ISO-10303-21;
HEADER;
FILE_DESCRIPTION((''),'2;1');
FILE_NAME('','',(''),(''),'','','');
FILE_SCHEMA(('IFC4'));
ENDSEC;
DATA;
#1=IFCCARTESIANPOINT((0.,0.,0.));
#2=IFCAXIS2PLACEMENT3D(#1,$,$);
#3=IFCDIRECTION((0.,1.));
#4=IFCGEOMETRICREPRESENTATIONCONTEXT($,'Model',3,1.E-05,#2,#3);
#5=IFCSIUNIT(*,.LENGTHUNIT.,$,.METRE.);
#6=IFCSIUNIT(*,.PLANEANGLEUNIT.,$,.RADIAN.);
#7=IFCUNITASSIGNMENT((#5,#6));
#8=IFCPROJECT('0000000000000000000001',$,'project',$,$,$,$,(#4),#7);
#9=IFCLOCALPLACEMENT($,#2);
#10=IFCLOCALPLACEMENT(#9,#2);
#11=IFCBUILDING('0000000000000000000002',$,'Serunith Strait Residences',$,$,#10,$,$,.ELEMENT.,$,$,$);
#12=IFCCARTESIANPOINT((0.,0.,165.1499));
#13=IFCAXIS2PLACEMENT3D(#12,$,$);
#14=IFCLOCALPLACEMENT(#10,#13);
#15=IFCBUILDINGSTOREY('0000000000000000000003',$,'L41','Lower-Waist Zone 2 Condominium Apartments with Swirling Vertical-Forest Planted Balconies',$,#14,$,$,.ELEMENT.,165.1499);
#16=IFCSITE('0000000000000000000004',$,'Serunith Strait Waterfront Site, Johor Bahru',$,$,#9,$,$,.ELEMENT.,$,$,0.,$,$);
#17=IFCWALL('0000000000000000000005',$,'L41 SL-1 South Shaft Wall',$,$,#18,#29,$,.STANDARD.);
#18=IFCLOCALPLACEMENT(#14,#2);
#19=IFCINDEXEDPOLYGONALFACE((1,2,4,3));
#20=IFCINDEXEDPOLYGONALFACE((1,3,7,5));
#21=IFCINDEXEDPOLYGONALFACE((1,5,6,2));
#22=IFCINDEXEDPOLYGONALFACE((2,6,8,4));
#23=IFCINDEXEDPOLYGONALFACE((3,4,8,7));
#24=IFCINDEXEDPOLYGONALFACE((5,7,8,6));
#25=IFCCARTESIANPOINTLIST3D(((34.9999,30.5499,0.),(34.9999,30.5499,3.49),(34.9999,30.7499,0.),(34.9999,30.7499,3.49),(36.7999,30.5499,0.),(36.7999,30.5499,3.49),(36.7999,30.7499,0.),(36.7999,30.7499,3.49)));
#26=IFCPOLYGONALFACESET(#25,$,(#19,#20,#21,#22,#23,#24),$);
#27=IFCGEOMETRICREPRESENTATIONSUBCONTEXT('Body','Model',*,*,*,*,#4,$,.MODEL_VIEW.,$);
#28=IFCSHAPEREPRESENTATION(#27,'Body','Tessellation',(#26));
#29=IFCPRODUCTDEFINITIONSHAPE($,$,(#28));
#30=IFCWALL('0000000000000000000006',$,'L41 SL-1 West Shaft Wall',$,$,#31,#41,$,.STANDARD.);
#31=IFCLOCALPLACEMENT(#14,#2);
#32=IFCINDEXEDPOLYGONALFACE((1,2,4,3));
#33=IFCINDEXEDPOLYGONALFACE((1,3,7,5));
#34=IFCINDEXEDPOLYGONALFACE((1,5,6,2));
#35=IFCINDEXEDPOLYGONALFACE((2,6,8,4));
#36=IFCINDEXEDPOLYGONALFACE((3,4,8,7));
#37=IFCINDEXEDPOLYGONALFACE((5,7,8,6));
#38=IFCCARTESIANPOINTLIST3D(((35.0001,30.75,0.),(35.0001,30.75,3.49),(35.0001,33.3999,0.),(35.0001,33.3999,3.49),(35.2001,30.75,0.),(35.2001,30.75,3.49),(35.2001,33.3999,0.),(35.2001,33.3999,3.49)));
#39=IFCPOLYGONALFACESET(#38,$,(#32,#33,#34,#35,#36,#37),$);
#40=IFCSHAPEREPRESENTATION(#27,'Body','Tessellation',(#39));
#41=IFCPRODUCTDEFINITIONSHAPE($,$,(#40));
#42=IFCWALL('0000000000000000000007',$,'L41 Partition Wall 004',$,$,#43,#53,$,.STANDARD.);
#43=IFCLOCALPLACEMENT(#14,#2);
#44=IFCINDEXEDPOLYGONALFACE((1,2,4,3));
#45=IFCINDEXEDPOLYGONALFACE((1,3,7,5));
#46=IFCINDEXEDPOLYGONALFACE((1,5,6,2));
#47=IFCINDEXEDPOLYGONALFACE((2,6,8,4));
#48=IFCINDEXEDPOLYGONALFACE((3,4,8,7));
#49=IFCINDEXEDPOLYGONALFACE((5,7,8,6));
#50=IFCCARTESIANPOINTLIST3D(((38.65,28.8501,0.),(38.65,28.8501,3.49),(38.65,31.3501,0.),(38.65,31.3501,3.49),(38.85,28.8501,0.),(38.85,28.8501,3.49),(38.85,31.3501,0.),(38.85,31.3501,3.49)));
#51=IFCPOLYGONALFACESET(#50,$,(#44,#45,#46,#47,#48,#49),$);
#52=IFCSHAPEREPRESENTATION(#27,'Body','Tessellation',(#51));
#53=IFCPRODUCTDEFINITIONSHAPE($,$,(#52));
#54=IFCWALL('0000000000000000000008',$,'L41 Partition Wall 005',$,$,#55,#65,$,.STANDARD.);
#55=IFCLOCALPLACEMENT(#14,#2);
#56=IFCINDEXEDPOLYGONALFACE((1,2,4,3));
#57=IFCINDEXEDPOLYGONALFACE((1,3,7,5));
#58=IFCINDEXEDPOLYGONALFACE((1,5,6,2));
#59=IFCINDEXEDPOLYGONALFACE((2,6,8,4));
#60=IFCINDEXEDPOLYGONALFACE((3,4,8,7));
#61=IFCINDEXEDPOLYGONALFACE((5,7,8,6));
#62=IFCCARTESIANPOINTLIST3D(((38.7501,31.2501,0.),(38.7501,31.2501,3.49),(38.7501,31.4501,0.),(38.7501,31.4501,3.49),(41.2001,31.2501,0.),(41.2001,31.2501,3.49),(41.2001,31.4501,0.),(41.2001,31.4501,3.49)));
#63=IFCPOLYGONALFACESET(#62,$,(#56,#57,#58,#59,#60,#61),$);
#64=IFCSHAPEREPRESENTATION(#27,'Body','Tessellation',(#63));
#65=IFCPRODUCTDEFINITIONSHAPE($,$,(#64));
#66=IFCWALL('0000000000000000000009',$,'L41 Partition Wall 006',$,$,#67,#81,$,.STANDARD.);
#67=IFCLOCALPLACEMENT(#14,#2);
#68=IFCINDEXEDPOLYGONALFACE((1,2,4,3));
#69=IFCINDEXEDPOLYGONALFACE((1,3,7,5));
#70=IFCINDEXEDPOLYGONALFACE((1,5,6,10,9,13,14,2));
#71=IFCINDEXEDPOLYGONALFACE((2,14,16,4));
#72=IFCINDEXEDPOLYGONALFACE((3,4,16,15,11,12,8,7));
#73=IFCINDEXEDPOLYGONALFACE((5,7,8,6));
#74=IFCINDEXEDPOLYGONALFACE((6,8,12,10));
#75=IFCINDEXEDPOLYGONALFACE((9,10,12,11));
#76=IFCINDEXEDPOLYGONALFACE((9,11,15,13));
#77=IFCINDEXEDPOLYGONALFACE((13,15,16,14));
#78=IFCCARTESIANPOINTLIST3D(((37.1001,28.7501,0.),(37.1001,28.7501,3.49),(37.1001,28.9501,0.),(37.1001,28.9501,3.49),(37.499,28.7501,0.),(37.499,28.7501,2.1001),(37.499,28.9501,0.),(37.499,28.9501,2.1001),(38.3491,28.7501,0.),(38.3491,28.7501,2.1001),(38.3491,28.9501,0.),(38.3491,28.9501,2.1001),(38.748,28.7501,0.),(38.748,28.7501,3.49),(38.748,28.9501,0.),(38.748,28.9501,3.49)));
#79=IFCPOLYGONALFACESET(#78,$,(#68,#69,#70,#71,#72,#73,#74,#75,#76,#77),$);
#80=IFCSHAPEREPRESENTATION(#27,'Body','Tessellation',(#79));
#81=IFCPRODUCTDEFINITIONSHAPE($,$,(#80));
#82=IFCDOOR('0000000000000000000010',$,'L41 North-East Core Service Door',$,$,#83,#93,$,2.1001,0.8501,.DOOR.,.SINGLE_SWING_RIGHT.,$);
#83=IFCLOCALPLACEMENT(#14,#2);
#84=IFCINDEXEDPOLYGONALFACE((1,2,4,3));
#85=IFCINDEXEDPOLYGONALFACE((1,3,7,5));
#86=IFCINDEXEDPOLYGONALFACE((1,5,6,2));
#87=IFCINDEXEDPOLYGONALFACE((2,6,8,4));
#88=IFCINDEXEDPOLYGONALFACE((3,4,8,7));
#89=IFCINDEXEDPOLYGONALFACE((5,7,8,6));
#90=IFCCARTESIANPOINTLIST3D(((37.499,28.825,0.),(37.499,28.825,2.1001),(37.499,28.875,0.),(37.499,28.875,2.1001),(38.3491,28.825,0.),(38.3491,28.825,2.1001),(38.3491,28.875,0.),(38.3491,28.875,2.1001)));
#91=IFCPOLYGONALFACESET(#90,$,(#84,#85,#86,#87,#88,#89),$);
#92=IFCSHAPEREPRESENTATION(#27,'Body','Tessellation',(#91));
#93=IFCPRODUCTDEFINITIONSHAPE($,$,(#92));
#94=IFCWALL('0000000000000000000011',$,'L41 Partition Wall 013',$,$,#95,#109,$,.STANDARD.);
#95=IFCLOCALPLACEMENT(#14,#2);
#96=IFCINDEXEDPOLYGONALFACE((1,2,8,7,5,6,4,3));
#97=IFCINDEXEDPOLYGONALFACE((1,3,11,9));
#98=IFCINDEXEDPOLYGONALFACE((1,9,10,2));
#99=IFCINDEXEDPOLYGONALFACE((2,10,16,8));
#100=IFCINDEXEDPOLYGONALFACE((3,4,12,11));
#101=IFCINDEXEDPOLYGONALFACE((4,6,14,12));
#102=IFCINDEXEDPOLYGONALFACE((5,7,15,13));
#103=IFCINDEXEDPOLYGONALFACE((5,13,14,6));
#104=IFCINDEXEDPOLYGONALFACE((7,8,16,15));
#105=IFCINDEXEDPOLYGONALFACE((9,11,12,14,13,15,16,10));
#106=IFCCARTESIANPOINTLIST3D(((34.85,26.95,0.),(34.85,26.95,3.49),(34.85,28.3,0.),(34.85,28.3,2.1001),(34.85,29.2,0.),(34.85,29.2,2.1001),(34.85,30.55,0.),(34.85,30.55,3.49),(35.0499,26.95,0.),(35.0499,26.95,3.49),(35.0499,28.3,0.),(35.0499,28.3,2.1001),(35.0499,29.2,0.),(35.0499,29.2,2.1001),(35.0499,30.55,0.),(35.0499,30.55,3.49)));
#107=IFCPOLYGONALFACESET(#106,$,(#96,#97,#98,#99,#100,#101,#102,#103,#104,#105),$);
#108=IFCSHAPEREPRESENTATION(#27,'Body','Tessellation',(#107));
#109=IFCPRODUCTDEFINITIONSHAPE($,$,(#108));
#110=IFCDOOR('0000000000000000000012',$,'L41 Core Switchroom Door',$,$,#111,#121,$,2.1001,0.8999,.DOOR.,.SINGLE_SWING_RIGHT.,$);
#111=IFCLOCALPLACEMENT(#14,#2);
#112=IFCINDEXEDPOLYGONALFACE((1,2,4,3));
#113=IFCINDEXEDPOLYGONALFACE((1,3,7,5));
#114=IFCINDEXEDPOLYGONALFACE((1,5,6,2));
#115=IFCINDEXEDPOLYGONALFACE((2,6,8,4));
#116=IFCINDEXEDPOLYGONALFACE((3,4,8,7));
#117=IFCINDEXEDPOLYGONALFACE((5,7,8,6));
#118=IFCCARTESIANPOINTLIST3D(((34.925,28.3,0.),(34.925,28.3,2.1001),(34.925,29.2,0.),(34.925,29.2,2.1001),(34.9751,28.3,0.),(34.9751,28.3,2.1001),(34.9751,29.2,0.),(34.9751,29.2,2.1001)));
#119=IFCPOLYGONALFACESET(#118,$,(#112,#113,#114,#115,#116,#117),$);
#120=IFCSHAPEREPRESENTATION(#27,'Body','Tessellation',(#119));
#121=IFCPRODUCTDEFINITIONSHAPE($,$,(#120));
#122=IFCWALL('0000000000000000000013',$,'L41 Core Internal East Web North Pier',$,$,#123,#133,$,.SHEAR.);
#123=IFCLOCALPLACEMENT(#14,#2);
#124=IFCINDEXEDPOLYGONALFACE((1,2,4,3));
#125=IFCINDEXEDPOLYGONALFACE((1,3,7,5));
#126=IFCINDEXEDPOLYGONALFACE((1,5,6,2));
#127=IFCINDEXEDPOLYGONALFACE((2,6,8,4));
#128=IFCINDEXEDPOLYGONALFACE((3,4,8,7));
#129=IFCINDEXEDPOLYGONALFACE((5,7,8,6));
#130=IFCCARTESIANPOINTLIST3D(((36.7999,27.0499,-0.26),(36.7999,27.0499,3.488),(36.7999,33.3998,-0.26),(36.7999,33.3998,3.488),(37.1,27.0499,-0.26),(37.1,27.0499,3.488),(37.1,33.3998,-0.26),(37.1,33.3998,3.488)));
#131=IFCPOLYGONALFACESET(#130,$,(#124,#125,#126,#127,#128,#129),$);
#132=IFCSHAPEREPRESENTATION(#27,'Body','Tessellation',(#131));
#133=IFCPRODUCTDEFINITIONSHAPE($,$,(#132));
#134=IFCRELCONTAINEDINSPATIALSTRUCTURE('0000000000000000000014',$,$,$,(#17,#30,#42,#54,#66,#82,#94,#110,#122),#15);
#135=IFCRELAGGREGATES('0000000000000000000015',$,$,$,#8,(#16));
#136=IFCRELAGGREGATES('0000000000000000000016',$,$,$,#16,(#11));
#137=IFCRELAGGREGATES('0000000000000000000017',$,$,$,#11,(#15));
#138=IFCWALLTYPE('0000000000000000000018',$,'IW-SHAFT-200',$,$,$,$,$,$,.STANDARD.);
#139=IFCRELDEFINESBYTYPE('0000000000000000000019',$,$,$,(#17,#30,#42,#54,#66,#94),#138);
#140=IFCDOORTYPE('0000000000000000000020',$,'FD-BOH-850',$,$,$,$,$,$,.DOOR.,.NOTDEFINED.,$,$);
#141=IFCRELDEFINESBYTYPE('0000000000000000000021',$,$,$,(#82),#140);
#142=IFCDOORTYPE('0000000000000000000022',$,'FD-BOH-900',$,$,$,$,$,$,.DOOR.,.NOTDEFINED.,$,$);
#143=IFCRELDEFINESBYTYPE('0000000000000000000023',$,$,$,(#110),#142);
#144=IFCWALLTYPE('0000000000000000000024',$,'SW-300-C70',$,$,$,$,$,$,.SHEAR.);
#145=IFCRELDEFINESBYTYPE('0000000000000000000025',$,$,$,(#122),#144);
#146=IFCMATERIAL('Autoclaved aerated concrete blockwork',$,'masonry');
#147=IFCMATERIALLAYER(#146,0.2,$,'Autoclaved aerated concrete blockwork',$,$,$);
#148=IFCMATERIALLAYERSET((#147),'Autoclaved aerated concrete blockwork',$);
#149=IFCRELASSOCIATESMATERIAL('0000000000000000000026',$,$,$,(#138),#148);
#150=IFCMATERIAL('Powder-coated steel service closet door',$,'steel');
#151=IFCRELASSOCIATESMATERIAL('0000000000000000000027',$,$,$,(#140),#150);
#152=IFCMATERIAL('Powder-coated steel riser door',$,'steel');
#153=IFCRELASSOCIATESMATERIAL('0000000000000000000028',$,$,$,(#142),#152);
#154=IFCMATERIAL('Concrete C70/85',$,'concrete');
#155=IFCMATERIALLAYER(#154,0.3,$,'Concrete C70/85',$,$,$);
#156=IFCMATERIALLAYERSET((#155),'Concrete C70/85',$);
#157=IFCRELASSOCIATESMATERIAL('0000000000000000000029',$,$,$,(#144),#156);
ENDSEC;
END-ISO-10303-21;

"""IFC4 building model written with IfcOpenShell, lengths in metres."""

from ifc_helpers import new_model, si_unit, direction, frame, frame_2d, origin, place, context, subcontext, project, spatial, rectangle, extrude, source, transform, mapped, material, layer, layer_set, type_object, element, fill, save


model = new_model("IFC4")

# Units and contexts
model_context = context("Model", 3, precision=1e-05, world=origin(), true_north=direction((0.0, 1.0)))
body_context = subcontext(model_context, "Body", "Model", "MODEL_VIEW")
ifc_project = project(units=[si_unit("LENGTHUNIT", "METRE"), si_unit("PLANEANGLEUNIT", "RADIAN")], contexts=[model_context])

# Site, building, storey
site_placement = place(None, origin())
site = spatial("IfcSite", under=ifc_project, at=site_placement, Name="Serunith Strait Waterfront Site, Johor Bahru", CompositionType="ELEMENT", RefElevation=0.0)
building_placement = place(site_placement, origin())
building = spatial("IfcBuilding", under=site, at=building_placement, Name="Serunith Strait Residences", CompositionType="ELEMENT")
storey_placement = place(building_placement, frame((0.0, 0.0, 165.1499)))
storey = spatial("IfcBuildingStorey", under=building, at=storey_placement, Name="L41", Description="Lower-Waist Zone 2 Condominium Apartments with Swirling Vertical-Forest Planted Balconies", CompositionType="ELEMENT", Elevation=165.1499)

# Shared definitions
shared_shape_1 = source(origin(), body_context, "Body", "SweptSolid", [
    extrude(rectangle(XDim=0.8501, YDim=2.1001, at=frame_2d((0.425, 1.05))), frame((0.0, 0.0249, 0.0), z_axis=(0.0, -1.0, 0.0), x_axis=(1.0, 0.0, 0.0)), (0.0, 0.0, 1.0), 0.05),
])
ifc_material_1 = material(Name="Autoclaved aerated concrete blockwork", Category="masonry")
ifc_layer_1 = layer(ifc_material_1, 0.2, Name="Autoclaved aerated concrete blockwork")
ifc_layer_set_1 = layer_set([ifc_layer_1], Name="Autoclaved aerated concrete blockwork")
wall_type_1 = type_object("IfcWallType", Name="IW-SHAFT-200", PredefinedType="STANDARD", material=ifc_layer_set_1)

# Walls
wall_1_placement = place(storey_placement, frame((35.0, 30.6499, 0.0), z_axis=(0.0, 0.0, 1.0), x_axis=(1.0, 0.0, 0.0)))
element("IfcWall", 1, at=wall_1_placement, inside=storey, type_object=wall_type_1, Name="L41 SL-1 South Shaft Wall", PredefinedType="STANDARD", context=body_context, shape_type="SweptSolid", body=[
    extrude(rectangle(XDim=1.8, YDim=0.2, at=frame_2d((0.8999, 0.0))), origin(), (0.0, 0.0, 1.0), 3.49),
])
wall_2_placement = place(storey_placement, frame((35.1001, 30.75, 0.0), z_axis=(0.0, 0.0, 1.0), x_axis=(0.0, 1.0, 0.0)))
element("IfcWall", 2, at=wall_2_placement, inside=storey, type_object=wall_type_1, Name="L41 SL-1 West Shaft Wall", PredefinedType="STANDARD", context=body_context, shape_type="SweptSolid", body=[
    extrude(rectangle(XDim=2.6499, YDim=0.2, at=frame_2d((1.325, 0.0))), origin(), (0.0, 0.0, 1.0), 3.49),
])
wall_3_placement = place(storey_placement, frame((38.75, 28.8501, 0.0), z_axis=(0.0, 0.0, 1.0), x_axis=(0.0, 1.0, 0.0)))
element("IfcWall", 3, at=wall_3_placement, inside=storey, type_object=wall_type_1, Name="L41 Partition Wall 004", PredefinedType="STANDARD", context=body_context, shape_type="SweptSolid", body=[
    extrude(rectangle(XDim=2.5, YDim=0.2, at=frame_2d((1.25, 0.0))), origin(), (0.0, 0.0, 1.0), 3.49),
])
wall_4_placement = place(storey_placement, frame((38.75, 31.3501, 0.0), z_axis=(0.0, 0.0, 1.0), x_axis=(1.0, 0.0, 0.0)))
element("IfcWall", 4, at=wall_4_placement, inside=storey, type_object=wall_type_1, Name="L41 Partition Wall 005", PredefinedType="STANDARD", context=body_context, shape_type="SweptSolid", body=[
    extrude(rectangle(XDim=2.45, YDim=0.2, at=frame_2d((1.2251, 0.0))), origin(), (0.0, 0.0, 1.0), 3.49),
])

# Walls, openings, doors
wall_5_placement = place(storey_placement, frame((37.1001, 28.8501, 0.0), z_axis=(0.0, 0.0, 1.0), x_axis=(1.0, 0.0, 0.0)))
wall_5 = element("IfcWall", 5, at=wall_5_placement, inside=storey, type_object=wall_type_1, Name="L41 Partition Wall 006", PredefinedType="STANDARD", context=body_context, shape_type="SweptSolid", body=[
    extrude(rectangle(XDim=1.6479, YDim=0.2, at=frame_2d((0.824, 0.0))), origin(), (0.0, 0.0, 1.0), 3.49),
])
opening_1_placement = place(wall_5_placement, frame((0.3989, 0.0, 0.0)))
opening_1 = element("IfcOpeningElement", 6, at=opening_1_placement, cuts=wall_5, PredefinedType="OPENING", context=body_context, shape_type="SweptSolid", body=[
    extrude(rectangle(XDim=0.8501, YDim=2.1001, at=frame_2d((0.425, 1.05))), frame((0.0, 0.1099, 0.0), z_axis=(0.0, -1.0, 0.0), x_axis=(1.0, 0.0, 0.0)), (0.0, 0.0, 1.0), 0.22),
])
ifc_material_2 = material(Name="Powder-coated steel service closet door", Category="steel")
door_type_1 = type_object("IfcDoorType", Name="FD-BOH-850", OperationType="NOTDEFINED", PredefinedType="DOOR", material=ifc_material_2)
door_1_placement = place(opening_1_placement, origin())
door_1 = element("IfcDoor", 7, at=door_1_placement, inside=storey, type_object=door_type_1, Name="L41 North-East Core Service Door", OperationType="SINGLE_SWING_RIGHT", OverallHeight=2.1001, OverallWidth=0.8501, PredefinedType="DOOR", context=body_context, shape_type="MappedRepresentation", body=[
    mapped(shared_shape_1, transform((0.0, 0.0, 0.0), scale=1.0)),
])
fill(opening_1, door_1)
wall_6_placement = place(storey_placement, frame((34.95, 26.95, 0.0), z_axis=(0.0, 0.0, 1.0), x_axis=(0.0, 1.0, 0.0)))
wall_6 = element("IfcWall", 8, at=wall_6_placement, inside=storey, type_object=wall_type_1, Name="L41 Partition Wall 013", PredefinedType="STANDARD", context=body_context, shape_type="SweptSolid", body=[
    extrude(rectangle(XDim=3.6001, YDim=0.2, at=frame_2d((1.8, 0.0))), origin(), (0.0, 0.0, 1.0), 3.49),
])
opening_2_placement = place(wall_6_placement, frame((1.3501, 0.0, 0.0)))
opening_2 = element("IfcOpeningElement", 9, at=opening_2_placement, cuts=wall_6, PredefinedType="OPENING", context=body_context, shape_type="SweptSolid", body=[
    extrude(rectangle(XDim=0.8999, YDim=2.1001, at=frame_2d((0.45, 1.05))), frame((0.0, 0.1099, 0.0), z_axis=(0.0, -1.0, 0.0), x_axis=(1.0, 0.0, 0.0)), (0.0, 0.0, 1.0), 0.22),
])
ifc_material_3 = material(Name="Powder-coated steel riser door", Category="steel")
door_type_2 = type_object("IfcDoorType", Name="FD-BOH-900", OperationType="NOTDEFINED", PredefinedType="DOOR", material=ifc_material_3)
shared_shape_2 = source(origin(), body_context, "Body", "SweptSolid", [
    extrude(rectangle(XDim=0.8999, YDim=2.1001, at=frame_2d((0.45, 1.05))), frame((0.0, 0.0249, 0.0), z_axis=(0.0, -1.0, 0.0), x_axis=(1.0, 0.0, 0.0)), (0.0, 0.0, 1.0), 0.05),
])
door_2_placement = place(opening_2_placement, origin())
door_2 = element("IfcDoor", 10, at=door_2_placement, inside=storey, type_object=door_type_2, Name="L41 Core Switchroom Door", OperationType="SINGLE_SWING_RIGHT", OverallHeight=2.1001, OverallWidth=0.8999, PredefinedType="DOOR", context=body_context, shape_type="MappedRepresentation", body=[
    mapped(shared_shape_2, transform((0.0, 0.0, 0.0), scale=1.0)),
])
fill(opening_2, door_2)

# Wall
ifc_material_4 = material(Name="Concrete C70/85", Category="concrete")
ifc_layer_2 = layer(ifc_material_4, 0.3, Name="Concrete C70/85")
ifc_layer_set_2 = layer_set([ifc_layer_2], Name="Concrete C70/85")
wall_type_2 = type_object("IfcWallType", Name="SW-300-C70", PredefinedType="SHEAR", material=ifc_layer_set_2)
wall_7_placement = place(storey_placement, frame((36.95, 27.05, -0.26), z_axis=(0.0, 0.0, 1.0), x_axis=(0.0, 1.0, 0.0)))
element("IfcWall", 11, at=wall_7_placement, inside=storey, type_object=wall_type_2, Name="L41 Core Internal East Web North Pier", PredefinedType="SHEAR", context=body_context, shape_type="SweptSolid", body=[
    extrude(rectangle(XDim=6.3499, YDim=0.3, at=frame_2d((3.1748, 0.0))), origin(), (0.0, 0.0, 1.0), 3.748),
])

save(model, "model.ifc")
